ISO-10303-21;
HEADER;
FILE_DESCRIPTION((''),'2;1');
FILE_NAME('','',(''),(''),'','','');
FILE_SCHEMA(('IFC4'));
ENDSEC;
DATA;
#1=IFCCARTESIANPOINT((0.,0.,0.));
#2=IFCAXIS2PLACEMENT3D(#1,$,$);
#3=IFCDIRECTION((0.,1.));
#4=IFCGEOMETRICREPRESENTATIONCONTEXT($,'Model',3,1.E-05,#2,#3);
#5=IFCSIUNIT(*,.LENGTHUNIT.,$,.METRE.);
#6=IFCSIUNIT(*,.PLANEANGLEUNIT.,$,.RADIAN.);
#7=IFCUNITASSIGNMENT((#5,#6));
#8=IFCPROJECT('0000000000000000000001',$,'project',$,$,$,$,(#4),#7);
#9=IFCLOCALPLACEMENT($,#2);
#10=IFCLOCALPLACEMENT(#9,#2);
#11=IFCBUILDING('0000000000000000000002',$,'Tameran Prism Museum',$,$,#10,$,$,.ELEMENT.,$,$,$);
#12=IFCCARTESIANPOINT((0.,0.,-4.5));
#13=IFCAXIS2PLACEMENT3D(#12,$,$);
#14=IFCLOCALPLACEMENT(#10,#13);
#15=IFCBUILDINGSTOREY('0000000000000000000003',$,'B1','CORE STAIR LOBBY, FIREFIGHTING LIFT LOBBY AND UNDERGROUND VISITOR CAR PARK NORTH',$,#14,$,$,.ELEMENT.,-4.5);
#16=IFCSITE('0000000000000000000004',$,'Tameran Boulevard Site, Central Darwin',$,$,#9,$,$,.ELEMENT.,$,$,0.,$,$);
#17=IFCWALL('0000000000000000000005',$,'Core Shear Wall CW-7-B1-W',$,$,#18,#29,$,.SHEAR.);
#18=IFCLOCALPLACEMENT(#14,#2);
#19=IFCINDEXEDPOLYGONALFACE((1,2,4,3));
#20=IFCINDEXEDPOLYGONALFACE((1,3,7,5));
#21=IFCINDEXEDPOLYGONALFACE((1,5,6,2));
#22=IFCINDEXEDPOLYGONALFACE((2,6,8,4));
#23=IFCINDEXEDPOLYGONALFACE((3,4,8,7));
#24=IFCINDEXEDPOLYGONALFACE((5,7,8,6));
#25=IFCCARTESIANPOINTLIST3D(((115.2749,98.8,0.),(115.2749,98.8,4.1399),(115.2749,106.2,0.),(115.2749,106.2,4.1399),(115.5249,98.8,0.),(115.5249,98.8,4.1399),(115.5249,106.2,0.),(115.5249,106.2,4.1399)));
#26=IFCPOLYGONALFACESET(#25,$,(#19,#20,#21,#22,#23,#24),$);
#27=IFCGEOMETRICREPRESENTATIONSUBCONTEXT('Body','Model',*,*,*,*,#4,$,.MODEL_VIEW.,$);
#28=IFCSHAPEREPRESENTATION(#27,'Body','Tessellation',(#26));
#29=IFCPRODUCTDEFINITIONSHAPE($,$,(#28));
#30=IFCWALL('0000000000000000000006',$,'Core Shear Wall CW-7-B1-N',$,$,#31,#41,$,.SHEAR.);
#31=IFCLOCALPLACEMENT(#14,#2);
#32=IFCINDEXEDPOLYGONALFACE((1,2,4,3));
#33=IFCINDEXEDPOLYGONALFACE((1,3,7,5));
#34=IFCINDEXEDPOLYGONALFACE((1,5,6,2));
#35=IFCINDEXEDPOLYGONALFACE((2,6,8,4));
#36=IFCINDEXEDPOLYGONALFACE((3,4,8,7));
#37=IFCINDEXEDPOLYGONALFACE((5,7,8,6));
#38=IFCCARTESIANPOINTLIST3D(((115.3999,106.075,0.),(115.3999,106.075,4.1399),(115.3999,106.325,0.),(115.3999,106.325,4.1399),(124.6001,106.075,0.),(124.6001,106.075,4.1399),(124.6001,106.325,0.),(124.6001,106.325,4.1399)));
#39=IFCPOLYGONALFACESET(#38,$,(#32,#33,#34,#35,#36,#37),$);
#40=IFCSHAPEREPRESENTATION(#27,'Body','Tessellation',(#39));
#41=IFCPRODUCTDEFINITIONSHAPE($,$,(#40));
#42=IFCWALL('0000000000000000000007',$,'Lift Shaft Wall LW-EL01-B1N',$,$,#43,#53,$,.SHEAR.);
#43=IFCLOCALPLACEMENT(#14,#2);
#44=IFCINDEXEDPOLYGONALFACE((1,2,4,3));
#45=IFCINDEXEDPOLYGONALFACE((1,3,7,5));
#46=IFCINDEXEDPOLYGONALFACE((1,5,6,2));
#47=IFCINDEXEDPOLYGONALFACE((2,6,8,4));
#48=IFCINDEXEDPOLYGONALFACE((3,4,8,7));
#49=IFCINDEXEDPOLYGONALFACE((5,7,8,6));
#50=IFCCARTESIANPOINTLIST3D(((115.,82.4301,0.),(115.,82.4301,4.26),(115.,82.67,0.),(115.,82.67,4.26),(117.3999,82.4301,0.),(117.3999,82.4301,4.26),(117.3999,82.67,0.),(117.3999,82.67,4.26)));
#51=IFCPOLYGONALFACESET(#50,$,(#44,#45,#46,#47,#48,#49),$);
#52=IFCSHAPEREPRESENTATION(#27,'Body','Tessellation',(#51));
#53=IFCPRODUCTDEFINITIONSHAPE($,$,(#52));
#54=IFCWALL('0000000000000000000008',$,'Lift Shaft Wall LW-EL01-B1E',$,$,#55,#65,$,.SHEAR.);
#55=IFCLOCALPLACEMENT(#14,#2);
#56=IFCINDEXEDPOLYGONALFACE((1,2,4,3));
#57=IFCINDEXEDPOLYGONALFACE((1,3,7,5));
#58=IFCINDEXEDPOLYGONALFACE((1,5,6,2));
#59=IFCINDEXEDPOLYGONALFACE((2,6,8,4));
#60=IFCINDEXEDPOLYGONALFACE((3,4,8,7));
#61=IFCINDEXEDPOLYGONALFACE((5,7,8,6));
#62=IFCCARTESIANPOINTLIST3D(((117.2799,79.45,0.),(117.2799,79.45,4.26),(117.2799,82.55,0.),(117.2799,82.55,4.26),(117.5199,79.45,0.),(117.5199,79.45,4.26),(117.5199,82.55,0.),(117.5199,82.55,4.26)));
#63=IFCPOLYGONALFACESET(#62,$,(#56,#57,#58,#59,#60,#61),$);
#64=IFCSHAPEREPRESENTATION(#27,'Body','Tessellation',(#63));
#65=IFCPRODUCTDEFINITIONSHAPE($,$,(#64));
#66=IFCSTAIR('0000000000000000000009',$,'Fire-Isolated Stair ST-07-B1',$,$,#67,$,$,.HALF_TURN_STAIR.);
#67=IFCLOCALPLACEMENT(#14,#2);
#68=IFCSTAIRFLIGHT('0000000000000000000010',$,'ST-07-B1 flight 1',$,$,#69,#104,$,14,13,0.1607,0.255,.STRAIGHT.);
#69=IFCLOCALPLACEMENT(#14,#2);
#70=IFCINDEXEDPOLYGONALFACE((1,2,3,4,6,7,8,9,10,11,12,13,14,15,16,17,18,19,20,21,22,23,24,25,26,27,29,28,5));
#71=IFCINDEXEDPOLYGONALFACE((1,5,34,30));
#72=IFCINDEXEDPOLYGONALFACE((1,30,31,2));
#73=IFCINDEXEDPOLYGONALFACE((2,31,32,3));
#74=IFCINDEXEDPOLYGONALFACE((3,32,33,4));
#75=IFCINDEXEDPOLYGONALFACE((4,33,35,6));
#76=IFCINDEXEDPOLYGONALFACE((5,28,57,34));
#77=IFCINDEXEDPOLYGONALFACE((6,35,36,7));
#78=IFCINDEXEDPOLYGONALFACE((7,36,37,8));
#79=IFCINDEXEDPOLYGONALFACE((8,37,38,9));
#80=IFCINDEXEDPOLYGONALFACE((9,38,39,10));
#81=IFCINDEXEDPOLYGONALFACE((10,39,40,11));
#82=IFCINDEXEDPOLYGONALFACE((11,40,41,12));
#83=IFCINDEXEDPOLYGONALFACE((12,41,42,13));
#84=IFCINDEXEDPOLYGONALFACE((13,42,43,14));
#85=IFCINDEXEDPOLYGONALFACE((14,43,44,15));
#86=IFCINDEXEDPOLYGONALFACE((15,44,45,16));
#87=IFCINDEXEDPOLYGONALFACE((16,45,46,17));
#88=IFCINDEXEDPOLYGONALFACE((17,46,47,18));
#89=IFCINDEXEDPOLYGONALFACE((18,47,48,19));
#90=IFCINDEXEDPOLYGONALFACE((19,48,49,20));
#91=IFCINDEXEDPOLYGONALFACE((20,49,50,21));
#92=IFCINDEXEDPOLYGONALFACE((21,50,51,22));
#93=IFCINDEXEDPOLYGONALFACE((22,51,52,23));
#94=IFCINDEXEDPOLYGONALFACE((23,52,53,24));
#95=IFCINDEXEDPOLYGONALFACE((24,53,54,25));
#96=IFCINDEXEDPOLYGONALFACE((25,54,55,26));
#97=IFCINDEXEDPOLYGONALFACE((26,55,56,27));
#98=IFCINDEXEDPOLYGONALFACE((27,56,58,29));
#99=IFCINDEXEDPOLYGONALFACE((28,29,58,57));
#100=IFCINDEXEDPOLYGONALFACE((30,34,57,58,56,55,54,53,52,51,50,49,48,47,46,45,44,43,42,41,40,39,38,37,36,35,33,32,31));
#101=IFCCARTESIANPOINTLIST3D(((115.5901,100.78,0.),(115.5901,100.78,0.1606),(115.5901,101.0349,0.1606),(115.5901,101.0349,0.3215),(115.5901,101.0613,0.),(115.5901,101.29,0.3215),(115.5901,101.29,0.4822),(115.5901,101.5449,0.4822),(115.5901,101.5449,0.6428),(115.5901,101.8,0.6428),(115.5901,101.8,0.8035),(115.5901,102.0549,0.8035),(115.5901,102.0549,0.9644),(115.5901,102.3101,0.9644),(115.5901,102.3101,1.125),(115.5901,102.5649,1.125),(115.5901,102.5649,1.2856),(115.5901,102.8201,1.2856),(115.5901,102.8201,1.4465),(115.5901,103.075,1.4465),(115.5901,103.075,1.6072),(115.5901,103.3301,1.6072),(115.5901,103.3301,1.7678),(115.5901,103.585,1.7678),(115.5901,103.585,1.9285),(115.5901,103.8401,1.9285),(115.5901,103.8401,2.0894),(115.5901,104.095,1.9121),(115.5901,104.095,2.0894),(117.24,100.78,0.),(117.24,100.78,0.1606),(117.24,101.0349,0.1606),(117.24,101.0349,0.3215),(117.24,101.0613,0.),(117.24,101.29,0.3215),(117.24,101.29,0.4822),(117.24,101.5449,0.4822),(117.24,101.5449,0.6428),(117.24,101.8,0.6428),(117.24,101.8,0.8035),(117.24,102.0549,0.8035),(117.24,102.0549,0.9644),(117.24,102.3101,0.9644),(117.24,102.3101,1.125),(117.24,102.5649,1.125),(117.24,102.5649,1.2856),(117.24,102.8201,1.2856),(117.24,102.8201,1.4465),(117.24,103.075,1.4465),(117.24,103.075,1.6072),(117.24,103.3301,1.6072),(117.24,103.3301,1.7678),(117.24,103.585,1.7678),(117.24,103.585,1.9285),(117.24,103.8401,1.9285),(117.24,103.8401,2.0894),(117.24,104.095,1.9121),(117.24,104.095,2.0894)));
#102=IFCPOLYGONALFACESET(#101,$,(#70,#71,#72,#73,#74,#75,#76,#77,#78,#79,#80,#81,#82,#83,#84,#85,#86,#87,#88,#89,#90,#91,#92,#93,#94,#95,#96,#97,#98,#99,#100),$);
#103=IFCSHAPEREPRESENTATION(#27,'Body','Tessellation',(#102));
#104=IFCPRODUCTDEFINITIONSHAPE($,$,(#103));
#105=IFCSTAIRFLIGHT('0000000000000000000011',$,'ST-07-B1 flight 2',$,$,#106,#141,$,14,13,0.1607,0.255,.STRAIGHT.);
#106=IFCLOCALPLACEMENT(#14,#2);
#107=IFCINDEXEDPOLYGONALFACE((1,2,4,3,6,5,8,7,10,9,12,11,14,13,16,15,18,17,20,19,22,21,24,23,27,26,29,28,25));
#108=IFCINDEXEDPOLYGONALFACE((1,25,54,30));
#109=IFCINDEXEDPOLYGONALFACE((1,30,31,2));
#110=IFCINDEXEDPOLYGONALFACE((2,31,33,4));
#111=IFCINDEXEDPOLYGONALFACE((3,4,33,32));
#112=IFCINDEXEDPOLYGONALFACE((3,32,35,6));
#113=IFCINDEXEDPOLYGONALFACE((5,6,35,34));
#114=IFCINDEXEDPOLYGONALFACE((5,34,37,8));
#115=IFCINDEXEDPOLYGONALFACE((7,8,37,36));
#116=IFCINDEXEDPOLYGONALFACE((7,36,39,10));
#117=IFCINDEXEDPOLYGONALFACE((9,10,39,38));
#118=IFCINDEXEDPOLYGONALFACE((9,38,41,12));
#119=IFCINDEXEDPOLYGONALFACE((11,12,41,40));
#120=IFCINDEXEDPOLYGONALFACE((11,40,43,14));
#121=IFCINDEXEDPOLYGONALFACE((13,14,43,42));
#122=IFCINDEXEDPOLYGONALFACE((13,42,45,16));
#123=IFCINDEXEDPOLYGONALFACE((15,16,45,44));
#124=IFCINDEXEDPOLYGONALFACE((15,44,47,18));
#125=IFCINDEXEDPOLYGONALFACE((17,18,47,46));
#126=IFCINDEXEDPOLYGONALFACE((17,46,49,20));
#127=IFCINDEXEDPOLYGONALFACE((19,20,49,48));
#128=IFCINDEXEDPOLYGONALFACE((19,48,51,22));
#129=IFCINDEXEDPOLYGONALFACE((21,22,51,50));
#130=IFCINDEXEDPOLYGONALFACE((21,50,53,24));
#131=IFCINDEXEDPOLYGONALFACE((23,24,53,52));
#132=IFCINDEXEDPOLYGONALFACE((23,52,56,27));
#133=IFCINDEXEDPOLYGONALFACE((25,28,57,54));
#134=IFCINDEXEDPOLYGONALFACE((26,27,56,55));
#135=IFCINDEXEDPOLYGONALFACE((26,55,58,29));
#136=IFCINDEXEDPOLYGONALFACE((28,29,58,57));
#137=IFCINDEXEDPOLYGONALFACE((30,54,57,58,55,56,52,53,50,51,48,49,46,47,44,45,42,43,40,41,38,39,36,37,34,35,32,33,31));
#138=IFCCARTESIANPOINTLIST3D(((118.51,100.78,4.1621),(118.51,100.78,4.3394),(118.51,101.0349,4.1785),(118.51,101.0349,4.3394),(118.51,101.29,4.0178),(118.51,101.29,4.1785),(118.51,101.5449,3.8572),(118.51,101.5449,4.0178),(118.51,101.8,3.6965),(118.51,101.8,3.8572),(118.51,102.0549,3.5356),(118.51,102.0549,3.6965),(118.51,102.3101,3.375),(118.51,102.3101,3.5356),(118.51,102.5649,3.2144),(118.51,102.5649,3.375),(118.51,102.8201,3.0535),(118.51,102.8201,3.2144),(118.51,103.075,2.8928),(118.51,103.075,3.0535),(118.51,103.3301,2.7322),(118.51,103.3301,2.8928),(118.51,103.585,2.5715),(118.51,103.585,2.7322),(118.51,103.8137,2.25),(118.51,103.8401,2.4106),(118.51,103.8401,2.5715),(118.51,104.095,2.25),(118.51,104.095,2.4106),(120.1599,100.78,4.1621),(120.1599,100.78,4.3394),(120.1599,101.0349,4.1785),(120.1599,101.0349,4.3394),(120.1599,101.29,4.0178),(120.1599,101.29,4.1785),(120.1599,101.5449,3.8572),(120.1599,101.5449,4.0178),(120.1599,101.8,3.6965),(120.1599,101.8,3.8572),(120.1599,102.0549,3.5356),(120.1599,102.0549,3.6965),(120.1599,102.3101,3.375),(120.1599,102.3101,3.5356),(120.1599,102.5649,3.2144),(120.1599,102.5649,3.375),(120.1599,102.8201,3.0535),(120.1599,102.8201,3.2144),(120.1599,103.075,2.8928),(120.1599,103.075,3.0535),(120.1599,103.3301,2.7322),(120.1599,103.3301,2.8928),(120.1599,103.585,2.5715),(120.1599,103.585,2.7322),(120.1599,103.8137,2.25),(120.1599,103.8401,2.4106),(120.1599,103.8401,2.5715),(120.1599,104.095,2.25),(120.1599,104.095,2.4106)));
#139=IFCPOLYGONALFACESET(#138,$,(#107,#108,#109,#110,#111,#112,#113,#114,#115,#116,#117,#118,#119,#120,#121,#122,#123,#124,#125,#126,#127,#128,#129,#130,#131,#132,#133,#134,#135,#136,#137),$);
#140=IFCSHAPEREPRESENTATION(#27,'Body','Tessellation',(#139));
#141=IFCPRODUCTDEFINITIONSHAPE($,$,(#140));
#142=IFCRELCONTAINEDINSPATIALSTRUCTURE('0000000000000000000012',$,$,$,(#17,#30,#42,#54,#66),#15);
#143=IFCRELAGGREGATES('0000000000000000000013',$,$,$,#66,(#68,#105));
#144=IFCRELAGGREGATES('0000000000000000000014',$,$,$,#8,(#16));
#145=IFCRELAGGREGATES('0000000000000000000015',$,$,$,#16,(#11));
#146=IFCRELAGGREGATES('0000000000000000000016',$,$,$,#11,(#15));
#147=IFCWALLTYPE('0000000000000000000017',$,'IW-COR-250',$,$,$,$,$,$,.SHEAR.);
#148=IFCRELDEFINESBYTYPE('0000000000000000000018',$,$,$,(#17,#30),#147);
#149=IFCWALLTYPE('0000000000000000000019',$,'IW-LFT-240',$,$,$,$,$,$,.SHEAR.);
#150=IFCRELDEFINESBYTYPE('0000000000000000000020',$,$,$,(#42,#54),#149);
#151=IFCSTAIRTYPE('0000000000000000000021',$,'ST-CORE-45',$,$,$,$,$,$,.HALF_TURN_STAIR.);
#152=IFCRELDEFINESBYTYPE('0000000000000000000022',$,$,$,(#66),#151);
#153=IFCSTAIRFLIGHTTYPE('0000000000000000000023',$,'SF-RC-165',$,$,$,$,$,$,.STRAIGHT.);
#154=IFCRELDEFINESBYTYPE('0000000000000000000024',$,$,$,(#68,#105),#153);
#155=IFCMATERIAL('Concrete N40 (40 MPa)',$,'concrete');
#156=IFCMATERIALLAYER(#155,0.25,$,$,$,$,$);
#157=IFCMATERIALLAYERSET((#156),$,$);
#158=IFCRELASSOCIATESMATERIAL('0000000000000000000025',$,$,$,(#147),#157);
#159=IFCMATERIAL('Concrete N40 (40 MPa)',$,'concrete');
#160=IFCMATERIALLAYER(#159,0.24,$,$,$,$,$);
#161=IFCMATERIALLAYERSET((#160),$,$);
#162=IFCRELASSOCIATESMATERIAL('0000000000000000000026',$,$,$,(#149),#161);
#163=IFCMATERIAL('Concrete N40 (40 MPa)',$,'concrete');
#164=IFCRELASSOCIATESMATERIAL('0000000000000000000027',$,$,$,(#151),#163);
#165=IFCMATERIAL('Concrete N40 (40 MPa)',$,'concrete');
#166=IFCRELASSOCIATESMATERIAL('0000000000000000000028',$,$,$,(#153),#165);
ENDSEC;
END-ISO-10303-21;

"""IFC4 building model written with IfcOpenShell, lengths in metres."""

from ifc_helpers import new_model, si_unit, direction, frame, frame_2d, origin, place, context, subcontext, project, spatial, polyline, rectangle, outline, extrude, material, layer, layer_set, type_object, element, aggregate, save


model = new_model("IFC4")

# Units and contexts
model_context = context("Model", 3, precision=1e-05, world=origin(), true_north=direction((0.0, 1.0)))
body_context = subcontext(model_context, "Body", "Model", "MODEL_VIEW")
ifc_project = project(units=[si_unit("LENGTHUNIT", "METRE"), si_unit("PLANEANGLEUNIT", "RADIAN")], contexts=[model_context])

# Site, building, storey
site_placement = place(None, origin())
site = spatial("IfcSite", under=ifc_project, at=site_placement, Name="Tameran Boulevard Site, Central Darwin", CompositionType="ELEMENT", RefElevation=0.0)
building_placement = place(site_placement, origin())
building = spatial("IfcBuilding", under=site, at=building_placement, Name="Tameran Prism Museum", CompositionType="ELEMENT")
storey_placement = place(building_placement, frame((0.0, 0.0, -4.5)))
storey = spatial("IfcBuildingStorey", under=building, at=storey_placement, Name="B1", Description="CORE STAIR LOBBY, FIREFIGHTING LIFT LOBBY AND UNDERGROUND VISITOR CAR PARK NORTH", CompositionType="ELEMENT", Elevation=-4.5)

# Shared definitions
ifc_material_1 = material(Name="Concrete N40 (40 MPa)", Category="concrete")
ifc_layer_1 = layer(ifc_material_1, 0.25)
ifc_layer_set_1 = layer_set([ifc_layer_1])
wall_type_1 = type_object("IfcWallType", Name="IW-COR-250", PredefinedType="SHEAR", material=ifc_layer_set_1)

# Walls
wall_1_placement = place(storey_placement, frame((115.3999, 98.8, 0.0), z_axis=(0.0, 0.0, 1.0), x_axis=(0.0, 1.0, 0.0)))
element("IfcWall", 1, at=wall_1_placement, inside=storey, type_object=wall_type_1, Name="Core Shear Wall CW-7-B1-W", PredefinedType="SHEAR", context=body_context, shape_type="SweptSolid", body=[
    extrude(rectangle(XDim=7.3999, YDim=0.25, at=frame_2d((3.7, 0.0))), origin(), (0.0, 0.0, 1.0), 4.1399),
])
wall_2_placement = place(storey_placement, frame((115.3999, 106.2, 0.0), z_axis=(0.0, 0.0, 1.0), x_axis=(1.0, 0.0, 0.0)))
element("IfcWall", 2, at=wall_2_placement, inside=storey, type_object=wall_type_1, Name="Core Shear Wall CW-7-B1-N", PredefinedType="SHEAR", context=body_context, shape_type="SweptSolid", body=[
    extrude(rectangle(XDim=9.2002, YDim=0.25, at=frame_2d((4.6001, 0.0))), origin(), (0.0, 0.0, 1.0), 4.1399),
])
ifc_material_2 = material(Name="Concrete N40 (40 MPa)", Category="concrete")
ifc_layer_2 = layer(ifc_material_2, 0.24)
ifc_layer_set_2 = layer_set([ifc_layer_2])
wall_type_2 = type_object("IfcWallType", Name="IW-LFT-240", PredefinedType="SHEAR", material=ifc_layer_set_2)
wall_3_placement = place(storey_placement, frame((115.0, 82.55, 0.0), z_axis=(0.0, 0.0, 1.0), x_axis=(1.0, 0.0, 0.0)))
element("IfcWall", 3, at=wall_3_placement, inside=storey, type_object=wall_type_2, Name="Lift Shaft Wall LW-EL01-B1N", PredefinedType="SHEAR", context=body_context, shape_type="SweptSolid", body=[
    extrude(rectangle(XDim=2.3999, YDim=0.24, at=frame_2d((1.2, 0.0))), origin(), (0.0, 0.0, 1.0), 4.26),
])
wall_4_placement = place(storey_placement, frame((117.3999, 82.55, 0.0), z_axis=(0.0, 0.0, 1.0), x_axis=(0.0, -1.0, 0.0)))
element("IfcWall", 4, at=wall_4_placement, inside=storey, type_object=wall_type_2, Name="Lift Shaft Wall LW-EL01-B1E", PredefinedType="SHEAR", context=body_context, shape_type="SweptSolid", body=[
    extrude(rectangle(XDim=3.1001, YDim=0.24, at=frame_2d((1.55, 0.0))), origin(), (0.0, 0.0, 1.0), 4.26),
])

# Stair, stair flights
ifc_material_3 = material(Name="Concrete N40 (40 MPa)", Category="concrete")
stair_type = type_object("IfcStairType", Name="ST-CORE-45", PredefinedType="HALF_TURN_STAIR", material=ifc_material_3)
stair_placement = place(storey_placement, origin())
stair = element("IfcStair", 5, at=stair_placement, inside=storey, type_object=stair_type, Name="Fire-Isolated Stair ST-07-B1", PredefinedType="HALF_TURN_STAIR")
ifc_material_4 = material(Name="Concrete N40 (40 MPa)", Category="concrete")
stair_flight_type = type_object("IfcStairFlightType", Name="SF-RC-165", PredefinedType="STRAIGHT", material=ifc_material_4)
stair_flight_1_placement = place(storey_placement, frame((116.415, 100.78, 0.0), z_axis=(0.0, 0.0, 1.0), x_axis=(0.0, 1.0, 0.0)))
stair_flight_1 = element("IfcStairFlight", 6, at=stair_flight_1_placement, type_object=stair_flight_type, Name="ST-07-B1 flight 1", NumberOfRisers=14, NumberOfTreads=13, PredefinedType="STRAIGHT", RiserHeight=0.1607, TreadLength=0.255, context=body_context, shape_type="SweptSolid", body=[
    extrude(outline(polyline([(0.0, 0.0), (0.0, 0.1606), (0.2549, 0.1606), (0.2549, 0.3215), (0.51, 0.3215), (0.51, 0.4822), (0.7649, 0.4822), (0.7649, 0.6428), (1.02, 0.6428), (1.02, 0.8035), (1.2749, 0.8035), (1.2749, 0.9644), (1.53, 0.9644), (1.53, 1.125), (1.7849, 1.125), (1.7849, 1.2856), (2.04, 1.2856), (2.04, 1.4465), (2.2949, 1.4465), (2.2949, 1.6072), (2.55, 1.6072), (2.55, 1.7678), (2.8049, 1.7678), (2.8049, 1.9285), (3.0601, 1.9285), (3.0601, 2.0894), (3.3149, 2.0894), (3.3149, 2.25), (3.3149, 1.9121), (0.2812, 0.0), (0.0, 0.0)])), frame((0.0, 0.825, 0.0), z_axis=(0.0, -1.0, 0.0), x_axis=(1.0, 0.0, 0.0)), (0.0, 0.0, 1.0), 1.6499),
])
stair_flight_2_placement = place(storey_placement, frame((119.335, 104.095, 2.25), z_axis=(0.0, 0.0, 1.0), x_axis=(0.0, -1.0, 0.0)))
stair_flight_2 = element("IfcStairFlight", 7, at=stair_flight_2_placement, type_object=stair_flight_type, Name="ST-07-B1 flight 2", NumberOfRisers=14, NumberOfTreads=13, PredefinedType="STRAIGHT", RiserHeight=0.1607, TreadLength=0.255, context=body_context, shape_type="SweptSolid", body=[
    extrude(outline(polyline([(0.0, 0.0), (0.0, 0.1606), (0.2549, 0.1606), (0.2549, 0.3215), (0.51, 0.3215), (0.51, 0.4822), (0.7649, 0.4822), (0.7649, 0.6428), (1.02, 0.6428), (1.02, 0.8035), (1.2749, 0.8035), (1.2749, 0.9644), (1.53, 0.9644), (1.53, 1.125), (1.7849, 1.125), (1.7849, 1.2856), (2.04, 1.2856), (2.04, 1.4465), (2.2949, 1.4465), (2.2949, 1.6072), (2.55, 1.6072), (2.55, 1.7678), (2.8049, 1.7678), (2.8049, 1.9285), (3.0601, 1.9285), (3.0601, 2.0894), (3.3149, 2.0894), (3.3149, 2.25), (3.3149, 1.9121), (0.2812, 0.0), (0.0, 0.0)])), frame((0.0, 0.825, 0.0), z_axis=(0.0, -1.0, 0.0), x_axis=(1.0, 0.0, 0.0)), (0.0, 0.0, 1.0), 1.6499),
])
aggregate(stair, [stair_flight_1, stair_flight_2])

save(model, "model.ifc")
